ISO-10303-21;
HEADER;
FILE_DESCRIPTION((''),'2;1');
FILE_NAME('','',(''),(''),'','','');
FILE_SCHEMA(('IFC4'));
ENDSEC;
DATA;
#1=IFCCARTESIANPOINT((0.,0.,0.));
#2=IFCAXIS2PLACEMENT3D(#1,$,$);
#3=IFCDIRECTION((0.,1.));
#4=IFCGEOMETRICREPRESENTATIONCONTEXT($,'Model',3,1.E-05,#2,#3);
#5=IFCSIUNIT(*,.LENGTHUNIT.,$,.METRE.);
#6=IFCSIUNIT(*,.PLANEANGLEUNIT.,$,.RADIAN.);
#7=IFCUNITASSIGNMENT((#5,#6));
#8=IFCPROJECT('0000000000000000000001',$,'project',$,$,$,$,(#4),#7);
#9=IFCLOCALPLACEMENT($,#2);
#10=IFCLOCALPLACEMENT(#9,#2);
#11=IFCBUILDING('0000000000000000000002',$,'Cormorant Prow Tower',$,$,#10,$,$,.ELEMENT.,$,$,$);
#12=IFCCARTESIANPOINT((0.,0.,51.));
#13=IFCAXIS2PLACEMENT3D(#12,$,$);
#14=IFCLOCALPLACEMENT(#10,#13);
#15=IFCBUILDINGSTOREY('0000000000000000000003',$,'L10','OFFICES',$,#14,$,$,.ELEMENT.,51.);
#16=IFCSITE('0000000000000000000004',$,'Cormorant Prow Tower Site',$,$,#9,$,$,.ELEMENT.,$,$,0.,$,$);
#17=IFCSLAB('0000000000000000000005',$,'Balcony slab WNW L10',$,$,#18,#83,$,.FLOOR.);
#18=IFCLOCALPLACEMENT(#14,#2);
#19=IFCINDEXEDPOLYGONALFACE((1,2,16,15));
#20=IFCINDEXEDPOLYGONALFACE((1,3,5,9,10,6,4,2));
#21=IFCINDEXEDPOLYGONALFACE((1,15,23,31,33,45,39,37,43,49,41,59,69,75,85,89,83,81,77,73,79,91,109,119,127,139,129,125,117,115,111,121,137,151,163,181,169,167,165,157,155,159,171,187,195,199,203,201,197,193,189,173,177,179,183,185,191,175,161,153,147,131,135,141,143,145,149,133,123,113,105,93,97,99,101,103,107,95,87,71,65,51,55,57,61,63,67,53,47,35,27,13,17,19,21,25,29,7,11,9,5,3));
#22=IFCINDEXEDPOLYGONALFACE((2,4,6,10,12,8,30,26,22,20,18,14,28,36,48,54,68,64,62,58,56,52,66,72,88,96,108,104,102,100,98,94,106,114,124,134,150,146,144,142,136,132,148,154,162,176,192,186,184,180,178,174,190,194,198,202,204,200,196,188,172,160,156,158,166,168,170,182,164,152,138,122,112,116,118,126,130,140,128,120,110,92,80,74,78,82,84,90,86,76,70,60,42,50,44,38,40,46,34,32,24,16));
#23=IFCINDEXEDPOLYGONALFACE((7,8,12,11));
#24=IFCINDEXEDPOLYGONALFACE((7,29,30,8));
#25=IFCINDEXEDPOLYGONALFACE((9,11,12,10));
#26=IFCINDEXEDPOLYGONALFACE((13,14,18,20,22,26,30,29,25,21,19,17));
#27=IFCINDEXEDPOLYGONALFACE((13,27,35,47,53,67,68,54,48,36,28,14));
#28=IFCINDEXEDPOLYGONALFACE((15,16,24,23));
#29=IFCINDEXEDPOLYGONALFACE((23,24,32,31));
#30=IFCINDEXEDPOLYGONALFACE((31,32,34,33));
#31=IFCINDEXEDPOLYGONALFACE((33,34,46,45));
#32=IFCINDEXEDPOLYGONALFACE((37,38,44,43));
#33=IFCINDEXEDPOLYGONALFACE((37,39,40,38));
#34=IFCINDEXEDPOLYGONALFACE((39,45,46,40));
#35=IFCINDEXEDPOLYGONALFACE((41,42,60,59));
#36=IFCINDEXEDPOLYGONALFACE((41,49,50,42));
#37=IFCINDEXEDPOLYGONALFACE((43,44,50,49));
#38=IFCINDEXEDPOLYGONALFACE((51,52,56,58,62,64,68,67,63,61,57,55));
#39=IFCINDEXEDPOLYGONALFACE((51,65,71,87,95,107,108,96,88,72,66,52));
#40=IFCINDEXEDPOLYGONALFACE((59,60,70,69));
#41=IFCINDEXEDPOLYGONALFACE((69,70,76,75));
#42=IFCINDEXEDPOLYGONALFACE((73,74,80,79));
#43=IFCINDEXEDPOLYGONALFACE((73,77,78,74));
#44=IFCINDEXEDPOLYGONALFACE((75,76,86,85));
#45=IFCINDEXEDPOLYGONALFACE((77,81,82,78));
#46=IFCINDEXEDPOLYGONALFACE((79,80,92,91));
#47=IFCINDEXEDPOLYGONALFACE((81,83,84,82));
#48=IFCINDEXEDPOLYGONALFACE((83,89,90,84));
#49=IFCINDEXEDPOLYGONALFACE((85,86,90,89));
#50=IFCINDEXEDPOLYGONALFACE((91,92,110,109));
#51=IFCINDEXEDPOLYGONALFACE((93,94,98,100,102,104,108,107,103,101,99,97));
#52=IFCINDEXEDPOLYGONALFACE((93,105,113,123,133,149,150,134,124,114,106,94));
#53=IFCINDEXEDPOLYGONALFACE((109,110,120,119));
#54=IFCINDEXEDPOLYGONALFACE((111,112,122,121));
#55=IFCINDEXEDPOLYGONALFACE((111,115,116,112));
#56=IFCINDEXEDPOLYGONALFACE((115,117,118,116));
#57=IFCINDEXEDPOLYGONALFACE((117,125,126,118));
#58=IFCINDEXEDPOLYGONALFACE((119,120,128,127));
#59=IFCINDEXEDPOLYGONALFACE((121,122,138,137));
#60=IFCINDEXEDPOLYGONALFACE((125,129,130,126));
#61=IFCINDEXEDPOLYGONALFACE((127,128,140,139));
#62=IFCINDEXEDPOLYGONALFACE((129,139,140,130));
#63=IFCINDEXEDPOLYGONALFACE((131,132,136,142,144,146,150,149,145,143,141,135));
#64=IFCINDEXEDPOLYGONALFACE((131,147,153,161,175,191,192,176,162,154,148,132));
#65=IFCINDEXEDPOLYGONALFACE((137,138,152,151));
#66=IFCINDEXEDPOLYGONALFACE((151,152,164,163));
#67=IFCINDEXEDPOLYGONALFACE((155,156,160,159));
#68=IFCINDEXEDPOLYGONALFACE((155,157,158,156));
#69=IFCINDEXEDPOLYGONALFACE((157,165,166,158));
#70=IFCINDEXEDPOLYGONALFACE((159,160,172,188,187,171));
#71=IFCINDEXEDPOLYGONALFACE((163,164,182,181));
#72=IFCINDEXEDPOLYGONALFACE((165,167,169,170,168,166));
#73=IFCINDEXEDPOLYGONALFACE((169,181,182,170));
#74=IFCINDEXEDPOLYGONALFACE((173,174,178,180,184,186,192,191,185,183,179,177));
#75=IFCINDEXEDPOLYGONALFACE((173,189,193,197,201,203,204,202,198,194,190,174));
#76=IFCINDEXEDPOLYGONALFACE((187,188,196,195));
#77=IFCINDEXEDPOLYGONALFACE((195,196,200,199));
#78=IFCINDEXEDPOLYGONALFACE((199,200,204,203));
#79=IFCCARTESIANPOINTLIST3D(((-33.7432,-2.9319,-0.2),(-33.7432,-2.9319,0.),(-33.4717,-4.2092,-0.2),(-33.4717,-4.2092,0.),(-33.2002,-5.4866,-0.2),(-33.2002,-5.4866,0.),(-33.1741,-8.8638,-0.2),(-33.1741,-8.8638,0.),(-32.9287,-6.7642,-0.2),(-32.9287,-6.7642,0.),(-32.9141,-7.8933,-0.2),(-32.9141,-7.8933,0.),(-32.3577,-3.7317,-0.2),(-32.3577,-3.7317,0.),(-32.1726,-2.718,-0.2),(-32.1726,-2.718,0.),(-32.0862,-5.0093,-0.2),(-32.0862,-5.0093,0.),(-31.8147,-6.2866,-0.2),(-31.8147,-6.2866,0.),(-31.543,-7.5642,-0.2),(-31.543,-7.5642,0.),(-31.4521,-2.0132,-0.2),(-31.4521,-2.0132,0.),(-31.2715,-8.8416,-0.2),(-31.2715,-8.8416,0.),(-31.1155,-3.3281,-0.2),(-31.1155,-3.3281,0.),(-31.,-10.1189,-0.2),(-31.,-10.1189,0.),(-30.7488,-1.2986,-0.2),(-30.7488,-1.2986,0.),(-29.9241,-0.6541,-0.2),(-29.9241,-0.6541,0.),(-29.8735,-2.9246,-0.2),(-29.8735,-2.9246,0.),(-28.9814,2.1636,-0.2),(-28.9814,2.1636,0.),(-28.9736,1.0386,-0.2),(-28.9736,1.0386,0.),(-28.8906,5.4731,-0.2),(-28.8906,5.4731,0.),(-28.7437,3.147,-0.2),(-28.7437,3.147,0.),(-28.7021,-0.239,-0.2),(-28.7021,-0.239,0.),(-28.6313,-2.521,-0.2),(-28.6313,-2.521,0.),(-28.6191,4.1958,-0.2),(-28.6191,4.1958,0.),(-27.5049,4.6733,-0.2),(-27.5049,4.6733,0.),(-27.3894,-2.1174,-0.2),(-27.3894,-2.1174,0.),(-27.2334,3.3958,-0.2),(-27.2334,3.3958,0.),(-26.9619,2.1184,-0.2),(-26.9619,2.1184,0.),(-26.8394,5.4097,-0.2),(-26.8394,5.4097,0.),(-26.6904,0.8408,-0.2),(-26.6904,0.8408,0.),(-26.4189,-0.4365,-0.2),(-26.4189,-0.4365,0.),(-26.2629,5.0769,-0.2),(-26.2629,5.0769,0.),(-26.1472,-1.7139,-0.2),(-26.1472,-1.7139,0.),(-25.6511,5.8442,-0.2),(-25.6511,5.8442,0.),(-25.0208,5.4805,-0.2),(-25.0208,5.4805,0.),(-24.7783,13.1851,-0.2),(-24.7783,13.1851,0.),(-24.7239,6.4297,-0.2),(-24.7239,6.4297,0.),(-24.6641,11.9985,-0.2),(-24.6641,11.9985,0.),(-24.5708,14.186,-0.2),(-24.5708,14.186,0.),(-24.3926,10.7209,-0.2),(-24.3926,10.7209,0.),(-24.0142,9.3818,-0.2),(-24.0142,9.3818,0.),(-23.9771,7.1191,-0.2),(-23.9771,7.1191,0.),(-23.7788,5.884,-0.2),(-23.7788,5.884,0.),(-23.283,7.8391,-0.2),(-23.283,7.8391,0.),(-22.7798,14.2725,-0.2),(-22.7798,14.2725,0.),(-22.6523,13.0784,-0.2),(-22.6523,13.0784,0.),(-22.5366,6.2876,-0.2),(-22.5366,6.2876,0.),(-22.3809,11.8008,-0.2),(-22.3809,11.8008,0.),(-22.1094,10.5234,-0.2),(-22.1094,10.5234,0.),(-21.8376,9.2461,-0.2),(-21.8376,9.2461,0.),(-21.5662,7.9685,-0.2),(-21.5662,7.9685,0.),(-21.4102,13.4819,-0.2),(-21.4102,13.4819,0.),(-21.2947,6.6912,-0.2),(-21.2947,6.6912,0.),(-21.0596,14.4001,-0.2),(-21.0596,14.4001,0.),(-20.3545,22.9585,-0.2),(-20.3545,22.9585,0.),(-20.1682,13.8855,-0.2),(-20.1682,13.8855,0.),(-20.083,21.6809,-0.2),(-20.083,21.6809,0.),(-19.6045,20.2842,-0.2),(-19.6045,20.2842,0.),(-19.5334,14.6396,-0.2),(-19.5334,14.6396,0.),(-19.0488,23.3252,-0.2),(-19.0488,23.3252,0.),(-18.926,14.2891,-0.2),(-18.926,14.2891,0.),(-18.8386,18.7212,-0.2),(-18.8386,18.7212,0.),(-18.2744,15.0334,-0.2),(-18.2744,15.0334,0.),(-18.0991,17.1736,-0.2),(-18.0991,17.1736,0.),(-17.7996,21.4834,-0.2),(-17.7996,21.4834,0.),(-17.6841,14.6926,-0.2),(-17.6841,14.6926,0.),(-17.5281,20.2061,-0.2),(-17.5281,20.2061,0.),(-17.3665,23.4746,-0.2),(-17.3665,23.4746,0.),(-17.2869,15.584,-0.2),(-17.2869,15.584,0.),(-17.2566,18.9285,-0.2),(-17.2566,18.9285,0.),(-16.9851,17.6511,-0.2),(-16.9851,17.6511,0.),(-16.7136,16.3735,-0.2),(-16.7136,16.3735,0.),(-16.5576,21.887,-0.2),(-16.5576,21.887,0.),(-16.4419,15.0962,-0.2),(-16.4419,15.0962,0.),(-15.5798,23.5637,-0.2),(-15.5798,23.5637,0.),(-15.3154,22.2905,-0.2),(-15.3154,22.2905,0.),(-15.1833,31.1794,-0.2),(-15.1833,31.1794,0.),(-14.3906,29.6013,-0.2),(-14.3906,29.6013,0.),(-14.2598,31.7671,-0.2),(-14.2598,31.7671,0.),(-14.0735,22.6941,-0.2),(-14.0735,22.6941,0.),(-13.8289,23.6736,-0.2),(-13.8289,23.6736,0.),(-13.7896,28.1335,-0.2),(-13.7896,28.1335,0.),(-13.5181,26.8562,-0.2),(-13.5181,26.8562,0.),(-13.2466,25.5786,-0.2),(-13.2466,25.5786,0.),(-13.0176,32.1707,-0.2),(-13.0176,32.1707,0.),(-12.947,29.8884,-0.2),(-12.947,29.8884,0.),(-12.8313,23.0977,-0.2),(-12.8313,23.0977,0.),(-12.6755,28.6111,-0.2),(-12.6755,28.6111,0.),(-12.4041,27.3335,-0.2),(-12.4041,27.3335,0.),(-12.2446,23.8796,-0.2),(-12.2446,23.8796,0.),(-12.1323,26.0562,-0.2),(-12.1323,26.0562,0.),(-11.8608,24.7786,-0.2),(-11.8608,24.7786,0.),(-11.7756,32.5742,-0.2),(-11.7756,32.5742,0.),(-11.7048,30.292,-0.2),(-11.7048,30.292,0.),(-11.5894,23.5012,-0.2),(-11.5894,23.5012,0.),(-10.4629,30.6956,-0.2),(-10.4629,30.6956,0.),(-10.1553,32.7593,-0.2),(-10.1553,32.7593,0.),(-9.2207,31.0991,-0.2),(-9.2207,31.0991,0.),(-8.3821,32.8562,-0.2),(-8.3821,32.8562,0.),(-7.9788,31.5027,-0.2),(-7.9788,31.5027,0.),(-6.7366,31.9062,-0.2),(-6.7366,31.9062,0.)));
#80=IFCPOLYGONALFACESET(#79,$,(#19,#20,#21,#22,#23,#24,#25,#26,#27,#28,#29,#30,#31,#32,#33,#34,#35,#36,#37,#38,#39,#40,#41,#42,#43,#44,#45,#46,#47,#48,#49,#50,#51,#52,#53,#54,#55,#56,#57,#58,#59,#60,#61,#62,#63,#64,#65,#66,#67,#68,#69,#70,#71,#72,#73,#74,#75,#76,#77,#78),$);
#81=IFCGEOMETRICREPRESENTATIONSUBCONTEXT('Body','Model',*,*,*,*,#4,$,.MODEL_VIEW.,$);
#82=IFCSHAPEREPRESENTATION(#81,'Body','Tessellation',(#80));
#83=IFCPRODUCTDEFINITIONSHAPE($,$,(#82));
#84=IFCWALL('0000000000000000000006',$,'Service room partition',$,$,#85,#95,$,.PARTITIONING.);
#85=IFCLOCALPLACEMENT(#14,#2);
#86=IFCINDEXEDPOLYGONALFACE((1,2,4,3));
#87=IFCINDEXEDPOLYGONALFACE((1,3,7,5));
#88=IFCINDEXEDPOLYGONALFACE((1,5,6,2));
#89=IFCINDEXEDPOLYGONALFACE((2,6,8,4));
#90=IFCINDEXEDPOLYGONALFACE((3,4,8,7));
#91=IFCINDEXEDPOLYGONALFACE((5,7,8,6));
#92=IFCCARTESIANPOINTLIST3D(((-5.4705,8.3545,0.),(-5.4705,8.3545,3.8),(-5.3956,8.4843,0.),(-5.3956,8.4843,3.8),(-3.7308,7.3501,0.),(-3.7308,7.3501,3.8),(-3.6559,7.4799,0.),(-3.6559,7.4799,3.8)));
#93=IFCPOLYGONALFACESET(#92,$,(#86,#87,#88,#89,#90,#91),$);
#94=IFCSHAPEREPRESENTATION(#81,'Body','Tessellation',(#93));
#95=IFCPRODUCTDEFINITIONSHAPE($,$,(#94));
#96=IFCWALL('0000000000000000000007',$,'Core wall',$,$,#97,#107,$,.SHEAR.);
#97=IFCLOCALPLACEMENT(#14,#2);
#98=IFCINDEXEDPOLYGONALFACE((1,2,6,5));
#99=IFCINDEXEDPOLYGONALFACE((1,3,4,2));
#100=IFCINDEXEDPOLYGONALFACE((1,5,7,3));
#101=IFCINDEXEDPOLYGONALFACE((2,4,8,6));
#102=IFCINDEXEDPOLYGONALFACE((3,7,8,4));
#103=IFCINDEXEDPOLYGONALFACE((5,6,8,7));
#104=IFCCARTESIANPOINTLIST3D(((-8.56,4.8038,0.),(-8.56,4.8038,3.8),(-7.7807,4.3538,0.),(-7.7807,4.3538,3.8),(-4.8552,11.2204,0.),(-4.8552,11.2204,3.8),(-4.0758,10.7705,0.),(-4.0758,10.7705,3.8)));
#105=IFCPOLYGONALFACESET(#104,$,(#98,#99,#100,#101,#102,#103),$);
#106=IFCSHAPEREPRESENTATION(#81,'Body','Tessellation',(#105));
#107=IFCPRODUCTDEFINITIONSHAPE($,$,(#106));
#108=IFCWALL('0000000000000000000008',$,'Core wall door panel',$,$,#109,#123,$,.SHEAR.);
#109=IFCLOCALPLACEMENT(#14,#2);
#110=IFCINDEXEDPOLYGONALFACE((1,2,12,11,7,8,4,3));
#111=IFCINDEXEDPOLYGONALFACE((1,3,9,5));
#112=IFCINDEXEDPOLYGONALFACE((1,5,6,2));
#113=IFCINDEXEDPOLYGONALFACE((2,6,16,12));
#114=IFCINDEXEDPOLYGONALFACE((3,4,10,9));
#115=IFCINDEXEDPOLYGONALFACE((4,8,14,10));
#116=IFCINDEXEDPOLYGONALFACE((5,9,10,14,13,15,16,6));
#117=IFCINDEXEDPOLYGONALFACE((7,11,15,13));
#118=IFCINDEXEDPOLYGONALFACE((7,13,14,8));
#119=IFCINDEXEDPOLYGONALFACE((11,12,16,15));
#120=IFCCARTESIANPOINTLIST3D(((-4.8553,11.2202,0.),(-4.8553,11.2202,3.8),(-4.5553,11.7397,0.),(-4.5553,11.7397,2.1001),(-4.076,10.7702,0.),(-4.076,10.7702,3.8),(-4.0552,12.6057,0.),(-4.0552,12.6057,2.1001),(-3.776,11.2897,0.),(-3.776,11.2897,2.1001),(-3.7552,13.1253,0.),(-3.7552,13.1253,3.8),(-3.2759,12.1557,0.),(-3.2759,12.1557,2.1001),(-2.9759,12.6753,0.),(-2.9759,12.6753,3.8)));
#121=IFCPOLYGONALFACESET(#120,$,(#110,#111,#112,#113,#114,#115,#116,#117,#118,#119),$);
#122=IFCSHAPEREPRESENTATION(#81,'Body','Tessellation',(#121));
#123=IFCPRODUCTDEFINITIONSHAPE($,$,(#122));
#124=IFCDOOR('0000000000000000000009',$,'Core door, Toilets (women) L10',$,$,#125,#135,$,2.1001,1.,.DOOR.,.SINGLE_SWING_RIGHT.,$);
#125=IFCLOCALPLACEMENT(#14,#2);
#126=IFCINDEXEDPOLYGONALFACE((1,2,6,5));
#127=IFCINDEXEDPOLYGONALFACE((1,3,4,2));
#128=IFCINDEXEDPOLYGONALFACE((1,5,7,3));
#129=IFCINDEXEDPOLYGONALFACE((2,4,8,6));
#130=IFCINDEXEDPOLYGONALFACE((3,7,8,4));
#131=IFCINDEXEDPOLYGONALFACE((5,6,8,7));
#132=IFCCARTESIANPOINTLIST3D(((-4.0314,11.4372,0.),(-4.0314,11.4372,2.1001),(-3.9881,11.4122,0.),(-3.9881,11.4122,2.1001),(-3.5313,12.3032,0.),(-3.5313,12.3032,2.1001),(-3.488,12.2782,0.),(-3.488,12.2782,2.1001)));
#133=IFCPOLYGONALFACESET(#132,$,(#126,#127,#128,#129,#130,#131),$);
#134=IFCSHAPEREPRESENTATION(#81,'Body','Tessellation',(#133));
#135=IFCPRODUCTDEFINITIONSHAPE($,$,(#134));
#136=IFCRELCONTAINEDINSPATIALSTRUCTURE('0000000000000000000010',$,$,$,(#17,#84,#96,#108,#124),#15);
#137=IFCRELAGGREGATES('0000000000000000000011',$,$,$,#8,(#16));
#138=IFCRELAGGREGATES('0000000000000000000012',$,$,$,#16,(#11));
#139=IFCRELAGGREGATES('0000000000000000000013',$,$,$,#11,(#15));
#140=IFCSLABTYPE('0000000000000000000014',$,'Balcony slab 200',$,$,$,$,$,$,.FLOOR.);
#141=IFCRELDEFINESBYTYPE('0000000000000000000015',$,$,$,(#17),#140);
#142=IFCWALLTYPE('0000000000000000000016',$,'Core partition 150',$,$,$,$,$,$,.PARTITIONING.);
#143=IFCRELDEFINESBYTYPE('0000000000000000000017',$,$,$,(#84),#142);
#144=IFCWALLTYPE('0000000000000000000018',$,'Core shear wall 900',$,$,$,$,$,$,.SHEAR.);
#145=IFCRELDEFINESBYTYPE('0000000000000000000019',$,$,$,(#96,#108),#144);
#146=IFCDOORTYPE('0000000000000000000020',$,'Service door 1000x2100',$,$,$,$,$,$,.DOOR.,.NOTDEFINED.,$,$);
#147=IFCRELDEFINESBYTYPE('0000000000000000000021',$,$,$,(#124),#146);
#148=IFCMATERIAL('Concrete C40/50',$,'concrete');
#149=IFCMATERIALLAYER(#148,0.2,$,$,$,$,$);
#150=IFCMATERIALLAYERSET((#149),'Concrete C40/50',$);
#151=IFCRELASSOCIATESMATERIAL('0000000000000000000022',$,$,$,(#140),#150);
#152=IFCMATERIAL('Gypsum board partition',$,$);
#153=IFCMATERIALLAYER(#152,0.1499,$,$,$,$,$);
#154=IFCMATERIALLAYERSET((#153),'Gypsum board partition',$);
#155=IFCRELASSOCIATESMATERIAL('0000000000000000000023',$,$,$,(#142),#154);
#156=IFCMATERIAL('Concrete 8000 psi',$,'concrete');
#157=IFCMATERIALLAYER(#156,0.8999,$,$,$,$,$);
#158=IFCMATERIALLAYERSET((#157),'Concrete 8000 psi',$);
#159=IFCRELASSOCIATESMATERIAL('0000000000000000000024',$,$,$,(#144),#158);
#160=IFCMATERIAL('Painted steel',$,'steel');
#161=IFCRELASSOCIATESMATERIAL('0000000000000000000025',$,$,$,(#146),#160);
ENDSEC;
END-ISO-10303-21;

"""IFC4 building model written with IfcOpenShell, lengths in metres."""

from ifc_helpers import new_model, si_unit, direction, frame, frame_2d, origin, place, context, subcontext, project, spatial, polyline, rectangle, outline, extrude, material, layer, layer_set, type_object, element, fill, save


model = new_model("IFC4")

# Units and contexts
model_context = context("Model", 3, precision=1e-05, world=origin(), true_north=direction((0.0, 1.0)))
body_context = subcontext(model_context, "Body", "Model", "MODEL_VIEW")
ifc_project = project(units=[si_unit("LENGTHUNIT", "METRE"), si_unit("PLANEANGLEUNIT", "RADIAN")], contexts=[model_context])

# Site, building, storey
site_placement = place(None, origin())
site = spatial("IfcSite", under=ifc_project, at=site_placement, Name="Cormorant Prow Tower Site", CompositionType="ELEMENT", RefElevation=0.0)
building_placement = place(site_placement, origin())
building = spatial("IfcBuilding", under=site, at=building_placement, Name="Cormorant Prow Tower", CompositionType="ELEMENT")
storey_placement = place(building_placement, frame((0.0, 0.0, 51.0)))
storey = spatial("IfcBuildingStorey", under=building, at=storey_placement, Name="L10", Description="OFFICES", CompositionType="ELEMENT", Elevation=51.0)

# Slab
ifc_material_1 = material(Name="Concrete C40/50", Category="concrete")
ifc_layer_1 = layer(ifc_material_1, 0.2)
ifc_layer_set_1 = layer_set([ifc_layer_1], Name="Concrete C40/50")
slab_type = type_object("IfcSlabType", Name="Balcony slab 200", PredefinedType="FLOOR", material=ifc_layer_set_1)
slab_placement = place(storey_placement, frame((0.0, 0.0, -0.2)))
element("IfcSlab", 1, at=slab_placement, inside=storey, type_object=slab_type, Name="Balcony slab WNW L10", PredefinedType="FLOOR", context=body_context, shape_type="SweptSolid", body=[
    extrude(outline(polyline([(-6.7366, 31.9062), (-8.3821, 32.8562), (-10.1553, 32.7593), (-11.7756, 32.5742), (-13.0176, 32.1707), (-14.2598, 31.7671), (-15.1833, 31.1794), (-14.3906, 29.6013), (-13.7896, 28.1335), (-13.5181, 26.8562), (-13.2466, 25.5786), (-12.2446, 23.8796), (-13.8289, 23.6736), (-15.5798, 23.5637), (-17.3665, 23.4746), (-19.0488, 23.3252), (-20.3545, 22.9585), (-20.083, 21.6809), (-19.6045, 20.2842), (-18.8386, 18.7212), (-18.0991, 17.1736), (-17.2869, 15.584), (-18.2744, 15.0334), (-19.5334, 14.6396), (-21.0596, 14.4001), (-22.7798, 14.2725), (-24.5708, 14.186), (-24.7783, 13.1851), (-24.6641, 11.9985), (-24.3926, 10.7209), (-24.0142, 9.3818), (-23.283, 7.8391), (-23.9771, 7.1191), (-24.7239, 6.4297), (-25.6511, 5.8442), (-26.8394, 5.4097), (-28.8906, 5.4731), (-28.6191, 4.1958), (-28.7437, 3.147), (-28.9814, 2.1636), (-28.9736, 1.0386), (-28.7021, -0.239), (-29.9241, -0.6541), (-30.7488, -1.2986), (-31.4521, -2.0132), (-32.1726, -2.718), (-33.7432, -2.9319), (-33.4717, -4.2092), (-33.2002, -5.4866), (-32.9287, -6.7642), (-32.9141, -7.8933), (-33.1741, -8.8638), (-31.0, -10.1189), (-31.2715, -8.8416), (-31.543, -7.5642), (-31.8147, -6.2866), (-32.0862, -5.0093), (-32.3577, -3.7317), (-31.1155, -3.3281), (-29.8735, -2.9246), (-28.6313, -2.521), (-27.3894, -2.1174), (-26.1472, -1.7139), (-26.4189, -0.4365), (-26.6904, 0.8408), (-26.9619, 2.1184), (-27.2334, 3.3958), (-27.5049, 4.6733), (-26.2629, 5.0769), (-25.0208, 5.4805), (-23.7788, 5.884), (-22.5366, 6.2876), (-21.2947, 6.6912), (-21.5662, 7.9685), (-21.8376, 9.2461), (-22.1094, 10.5234), (-22.3809, 11.8008), (-22.6523, 13.0784), (-21.4102, 13.4819), (-20.1682, 13.8855), (-18.926, 14.2891), (-17.6841, 14.6926), (-16.4419, 15.0962), (-16.7136, 16.3735), (-16.9851, 17.6511), (-17.2566, 18.9285), (-17.5281, 20.2061), (-17.7996, 21.4834), (-16.5576, 21.887), (-15.3154, 22.2905), (-14.0735, 22.6941), (-12.8313, 23.0977), (-11.5894, 23.5012), (-11.8608, 24.7786), (-12.1323, 26.0562), (-12.4041, 27.3335), (-12.6755, 28.6111), (-12.947, 29.8884), (-11.7048, 30.292), (-10.4629, 30.6956), (-9.2207, 31.0991), (-7.9788, 31.5027), (-6.7366, 31.9062)])), origin(), (0.0, 0.0, 1.0), 0.2),
])

# Walls
ifc_material_2 = material(Name="Gypsum board partition")
ifc_layer_2 = layer(ifc_material_2, 0.1499)
ifc_layer_set_2 = layer_set([ifc_layer_2], Name="Gypsum board partition")
wall_type_1 = type_object("IfcWallType", Name="Core partition 150", PredefinedType="PARTITIONING", material=ifc_layer_set_2)
wall_1_placement = place(storey_placement, frame((-3.6934, 7.415, 0.0), z_axis=(0.0, 0.0, 1.0), x_axis=(-0.866036, 0.499982, 0.0)))
element("IfcWall", 2, at=wall_1_placement, inside=storey, type_object=wall_type_1, Name="Service room partition", PredefinedType="PARTITIONING", context=body_context, shape_type="SweptSolid", body=[
    extrude(rectangle(XDim=2.0088, YDim=0.1499, at=frame_2d((1.0044, 0.0))), origin(), (0.0, 0.0, 1.0), 3.8),
])
ifc_material_3 = material(Name="Concrete 8000 psi", Category="concrete")
ifc_layer_3 = layer(ifc_material_3, 0.8999)
ifc_layer_set_3 = layer_set([ifc_layer_3], Name="Concrete 8000 psi")
wall_type_2 = type_object("IfcWallType", Name="Core shear wall 900", PredefinedType="SHEAR", material=ifc_layer_set_3)
wall_2_placement = place(storey_placement, frame((-4.4656, 10.9954, 0.0), z_axis=(0.0, 0.0, 1.0), x_axis=(-0.500012, -0.866018, 0.0)))
element("IfcWall", 3, at=wall_2_placement, inside=storey, type_object=wall_type_2, Name="Core wall", PredefinedType="SHEAR", context=body_context, shape_type="SweptSolid", body=[
    extrude(rectangle(XDim=7.4094, YDim=0.8999, at=frame_2d((3.7046, 0.0))), origin(), (0.0, 0.0, 1.0), 3.8),
])

# Wall, opening, door
wall_3_placement = place(storey_placement, frame((-3.3655, 12.9004, 0.0), z_axis=(0.0, 0.0, 1.0), x_axis=(-0.500078, -0.86598, 0.0)))
wall_3 = element("IfcWall", 4, at=wall_3_placement, inside=storey, type_object=wall_type_2, Name="Core wall door panel", PredefinedType="SHEAR", context=body_context, shape_type="SweptSolid", body=[
    extrude(rectangle(XDim=2.2, YDim=0.8999, at=frame_2d((1.1001, 0.0))), origin(), (0.0, 0.0, 1.0), 3.8),
])
opening_1_placement = place(wall_3_placement, frame((0.6001, 0.0, 0.0)))
opening_1 = element("IfcOpeningElement", 5, at=opening_1_placement, cuts=wall_3, PredefinedType="OPENING", context=body_context, shape_type="SweptSolid", body=[
    extrude(rectangle(XDim=1.0, YDim=2.1001, at=frame_2d((0.5, 1.05))), frame((0.0, 0.46, 0.0), z_axis=(0.0, -1.0, 0.0), x_axis=(1.0, 0.0, 0.0)), (0.0, 0.0, 1.0), 0.9199),
])
ifc_material_4 = material(Name="Painted steel", Category="steel")
door_type_1 = type_object("IfcDoorType", Name="Service door 1000x2100", OperationType="NOTDEFINED", PredefinedType="DOOR", material=ifc_material_4)
door_1_placement = place(opening_1_placement, origin())
door_1 = element("IfcDoor", 6, at=door_1_placement, inside=storey, type_object=door_type_1, Name="Core door, Toilets (women) L10", OperationType="SINGLE_SWING_RIGHT", OverallHeight=2.1001, OverallWidth=1.0, PredefinedType="DOOR", context=body_context, shape_type="SweptSolid", body=[
    extrude(rectangle(XDim=1.0, YDim=2.1001, at=frame_2d((0.5, 1.05))), frame((0.0, 0.2051, 0.0), z_axis=(0.0, -1.0, 0.0), x_axis=(1.0, 0.0, 0.0)), (0.0, 0.0, 1.0), 0.05),
])
fill(opening_1, door_1)

save(model, "model.ifc")
